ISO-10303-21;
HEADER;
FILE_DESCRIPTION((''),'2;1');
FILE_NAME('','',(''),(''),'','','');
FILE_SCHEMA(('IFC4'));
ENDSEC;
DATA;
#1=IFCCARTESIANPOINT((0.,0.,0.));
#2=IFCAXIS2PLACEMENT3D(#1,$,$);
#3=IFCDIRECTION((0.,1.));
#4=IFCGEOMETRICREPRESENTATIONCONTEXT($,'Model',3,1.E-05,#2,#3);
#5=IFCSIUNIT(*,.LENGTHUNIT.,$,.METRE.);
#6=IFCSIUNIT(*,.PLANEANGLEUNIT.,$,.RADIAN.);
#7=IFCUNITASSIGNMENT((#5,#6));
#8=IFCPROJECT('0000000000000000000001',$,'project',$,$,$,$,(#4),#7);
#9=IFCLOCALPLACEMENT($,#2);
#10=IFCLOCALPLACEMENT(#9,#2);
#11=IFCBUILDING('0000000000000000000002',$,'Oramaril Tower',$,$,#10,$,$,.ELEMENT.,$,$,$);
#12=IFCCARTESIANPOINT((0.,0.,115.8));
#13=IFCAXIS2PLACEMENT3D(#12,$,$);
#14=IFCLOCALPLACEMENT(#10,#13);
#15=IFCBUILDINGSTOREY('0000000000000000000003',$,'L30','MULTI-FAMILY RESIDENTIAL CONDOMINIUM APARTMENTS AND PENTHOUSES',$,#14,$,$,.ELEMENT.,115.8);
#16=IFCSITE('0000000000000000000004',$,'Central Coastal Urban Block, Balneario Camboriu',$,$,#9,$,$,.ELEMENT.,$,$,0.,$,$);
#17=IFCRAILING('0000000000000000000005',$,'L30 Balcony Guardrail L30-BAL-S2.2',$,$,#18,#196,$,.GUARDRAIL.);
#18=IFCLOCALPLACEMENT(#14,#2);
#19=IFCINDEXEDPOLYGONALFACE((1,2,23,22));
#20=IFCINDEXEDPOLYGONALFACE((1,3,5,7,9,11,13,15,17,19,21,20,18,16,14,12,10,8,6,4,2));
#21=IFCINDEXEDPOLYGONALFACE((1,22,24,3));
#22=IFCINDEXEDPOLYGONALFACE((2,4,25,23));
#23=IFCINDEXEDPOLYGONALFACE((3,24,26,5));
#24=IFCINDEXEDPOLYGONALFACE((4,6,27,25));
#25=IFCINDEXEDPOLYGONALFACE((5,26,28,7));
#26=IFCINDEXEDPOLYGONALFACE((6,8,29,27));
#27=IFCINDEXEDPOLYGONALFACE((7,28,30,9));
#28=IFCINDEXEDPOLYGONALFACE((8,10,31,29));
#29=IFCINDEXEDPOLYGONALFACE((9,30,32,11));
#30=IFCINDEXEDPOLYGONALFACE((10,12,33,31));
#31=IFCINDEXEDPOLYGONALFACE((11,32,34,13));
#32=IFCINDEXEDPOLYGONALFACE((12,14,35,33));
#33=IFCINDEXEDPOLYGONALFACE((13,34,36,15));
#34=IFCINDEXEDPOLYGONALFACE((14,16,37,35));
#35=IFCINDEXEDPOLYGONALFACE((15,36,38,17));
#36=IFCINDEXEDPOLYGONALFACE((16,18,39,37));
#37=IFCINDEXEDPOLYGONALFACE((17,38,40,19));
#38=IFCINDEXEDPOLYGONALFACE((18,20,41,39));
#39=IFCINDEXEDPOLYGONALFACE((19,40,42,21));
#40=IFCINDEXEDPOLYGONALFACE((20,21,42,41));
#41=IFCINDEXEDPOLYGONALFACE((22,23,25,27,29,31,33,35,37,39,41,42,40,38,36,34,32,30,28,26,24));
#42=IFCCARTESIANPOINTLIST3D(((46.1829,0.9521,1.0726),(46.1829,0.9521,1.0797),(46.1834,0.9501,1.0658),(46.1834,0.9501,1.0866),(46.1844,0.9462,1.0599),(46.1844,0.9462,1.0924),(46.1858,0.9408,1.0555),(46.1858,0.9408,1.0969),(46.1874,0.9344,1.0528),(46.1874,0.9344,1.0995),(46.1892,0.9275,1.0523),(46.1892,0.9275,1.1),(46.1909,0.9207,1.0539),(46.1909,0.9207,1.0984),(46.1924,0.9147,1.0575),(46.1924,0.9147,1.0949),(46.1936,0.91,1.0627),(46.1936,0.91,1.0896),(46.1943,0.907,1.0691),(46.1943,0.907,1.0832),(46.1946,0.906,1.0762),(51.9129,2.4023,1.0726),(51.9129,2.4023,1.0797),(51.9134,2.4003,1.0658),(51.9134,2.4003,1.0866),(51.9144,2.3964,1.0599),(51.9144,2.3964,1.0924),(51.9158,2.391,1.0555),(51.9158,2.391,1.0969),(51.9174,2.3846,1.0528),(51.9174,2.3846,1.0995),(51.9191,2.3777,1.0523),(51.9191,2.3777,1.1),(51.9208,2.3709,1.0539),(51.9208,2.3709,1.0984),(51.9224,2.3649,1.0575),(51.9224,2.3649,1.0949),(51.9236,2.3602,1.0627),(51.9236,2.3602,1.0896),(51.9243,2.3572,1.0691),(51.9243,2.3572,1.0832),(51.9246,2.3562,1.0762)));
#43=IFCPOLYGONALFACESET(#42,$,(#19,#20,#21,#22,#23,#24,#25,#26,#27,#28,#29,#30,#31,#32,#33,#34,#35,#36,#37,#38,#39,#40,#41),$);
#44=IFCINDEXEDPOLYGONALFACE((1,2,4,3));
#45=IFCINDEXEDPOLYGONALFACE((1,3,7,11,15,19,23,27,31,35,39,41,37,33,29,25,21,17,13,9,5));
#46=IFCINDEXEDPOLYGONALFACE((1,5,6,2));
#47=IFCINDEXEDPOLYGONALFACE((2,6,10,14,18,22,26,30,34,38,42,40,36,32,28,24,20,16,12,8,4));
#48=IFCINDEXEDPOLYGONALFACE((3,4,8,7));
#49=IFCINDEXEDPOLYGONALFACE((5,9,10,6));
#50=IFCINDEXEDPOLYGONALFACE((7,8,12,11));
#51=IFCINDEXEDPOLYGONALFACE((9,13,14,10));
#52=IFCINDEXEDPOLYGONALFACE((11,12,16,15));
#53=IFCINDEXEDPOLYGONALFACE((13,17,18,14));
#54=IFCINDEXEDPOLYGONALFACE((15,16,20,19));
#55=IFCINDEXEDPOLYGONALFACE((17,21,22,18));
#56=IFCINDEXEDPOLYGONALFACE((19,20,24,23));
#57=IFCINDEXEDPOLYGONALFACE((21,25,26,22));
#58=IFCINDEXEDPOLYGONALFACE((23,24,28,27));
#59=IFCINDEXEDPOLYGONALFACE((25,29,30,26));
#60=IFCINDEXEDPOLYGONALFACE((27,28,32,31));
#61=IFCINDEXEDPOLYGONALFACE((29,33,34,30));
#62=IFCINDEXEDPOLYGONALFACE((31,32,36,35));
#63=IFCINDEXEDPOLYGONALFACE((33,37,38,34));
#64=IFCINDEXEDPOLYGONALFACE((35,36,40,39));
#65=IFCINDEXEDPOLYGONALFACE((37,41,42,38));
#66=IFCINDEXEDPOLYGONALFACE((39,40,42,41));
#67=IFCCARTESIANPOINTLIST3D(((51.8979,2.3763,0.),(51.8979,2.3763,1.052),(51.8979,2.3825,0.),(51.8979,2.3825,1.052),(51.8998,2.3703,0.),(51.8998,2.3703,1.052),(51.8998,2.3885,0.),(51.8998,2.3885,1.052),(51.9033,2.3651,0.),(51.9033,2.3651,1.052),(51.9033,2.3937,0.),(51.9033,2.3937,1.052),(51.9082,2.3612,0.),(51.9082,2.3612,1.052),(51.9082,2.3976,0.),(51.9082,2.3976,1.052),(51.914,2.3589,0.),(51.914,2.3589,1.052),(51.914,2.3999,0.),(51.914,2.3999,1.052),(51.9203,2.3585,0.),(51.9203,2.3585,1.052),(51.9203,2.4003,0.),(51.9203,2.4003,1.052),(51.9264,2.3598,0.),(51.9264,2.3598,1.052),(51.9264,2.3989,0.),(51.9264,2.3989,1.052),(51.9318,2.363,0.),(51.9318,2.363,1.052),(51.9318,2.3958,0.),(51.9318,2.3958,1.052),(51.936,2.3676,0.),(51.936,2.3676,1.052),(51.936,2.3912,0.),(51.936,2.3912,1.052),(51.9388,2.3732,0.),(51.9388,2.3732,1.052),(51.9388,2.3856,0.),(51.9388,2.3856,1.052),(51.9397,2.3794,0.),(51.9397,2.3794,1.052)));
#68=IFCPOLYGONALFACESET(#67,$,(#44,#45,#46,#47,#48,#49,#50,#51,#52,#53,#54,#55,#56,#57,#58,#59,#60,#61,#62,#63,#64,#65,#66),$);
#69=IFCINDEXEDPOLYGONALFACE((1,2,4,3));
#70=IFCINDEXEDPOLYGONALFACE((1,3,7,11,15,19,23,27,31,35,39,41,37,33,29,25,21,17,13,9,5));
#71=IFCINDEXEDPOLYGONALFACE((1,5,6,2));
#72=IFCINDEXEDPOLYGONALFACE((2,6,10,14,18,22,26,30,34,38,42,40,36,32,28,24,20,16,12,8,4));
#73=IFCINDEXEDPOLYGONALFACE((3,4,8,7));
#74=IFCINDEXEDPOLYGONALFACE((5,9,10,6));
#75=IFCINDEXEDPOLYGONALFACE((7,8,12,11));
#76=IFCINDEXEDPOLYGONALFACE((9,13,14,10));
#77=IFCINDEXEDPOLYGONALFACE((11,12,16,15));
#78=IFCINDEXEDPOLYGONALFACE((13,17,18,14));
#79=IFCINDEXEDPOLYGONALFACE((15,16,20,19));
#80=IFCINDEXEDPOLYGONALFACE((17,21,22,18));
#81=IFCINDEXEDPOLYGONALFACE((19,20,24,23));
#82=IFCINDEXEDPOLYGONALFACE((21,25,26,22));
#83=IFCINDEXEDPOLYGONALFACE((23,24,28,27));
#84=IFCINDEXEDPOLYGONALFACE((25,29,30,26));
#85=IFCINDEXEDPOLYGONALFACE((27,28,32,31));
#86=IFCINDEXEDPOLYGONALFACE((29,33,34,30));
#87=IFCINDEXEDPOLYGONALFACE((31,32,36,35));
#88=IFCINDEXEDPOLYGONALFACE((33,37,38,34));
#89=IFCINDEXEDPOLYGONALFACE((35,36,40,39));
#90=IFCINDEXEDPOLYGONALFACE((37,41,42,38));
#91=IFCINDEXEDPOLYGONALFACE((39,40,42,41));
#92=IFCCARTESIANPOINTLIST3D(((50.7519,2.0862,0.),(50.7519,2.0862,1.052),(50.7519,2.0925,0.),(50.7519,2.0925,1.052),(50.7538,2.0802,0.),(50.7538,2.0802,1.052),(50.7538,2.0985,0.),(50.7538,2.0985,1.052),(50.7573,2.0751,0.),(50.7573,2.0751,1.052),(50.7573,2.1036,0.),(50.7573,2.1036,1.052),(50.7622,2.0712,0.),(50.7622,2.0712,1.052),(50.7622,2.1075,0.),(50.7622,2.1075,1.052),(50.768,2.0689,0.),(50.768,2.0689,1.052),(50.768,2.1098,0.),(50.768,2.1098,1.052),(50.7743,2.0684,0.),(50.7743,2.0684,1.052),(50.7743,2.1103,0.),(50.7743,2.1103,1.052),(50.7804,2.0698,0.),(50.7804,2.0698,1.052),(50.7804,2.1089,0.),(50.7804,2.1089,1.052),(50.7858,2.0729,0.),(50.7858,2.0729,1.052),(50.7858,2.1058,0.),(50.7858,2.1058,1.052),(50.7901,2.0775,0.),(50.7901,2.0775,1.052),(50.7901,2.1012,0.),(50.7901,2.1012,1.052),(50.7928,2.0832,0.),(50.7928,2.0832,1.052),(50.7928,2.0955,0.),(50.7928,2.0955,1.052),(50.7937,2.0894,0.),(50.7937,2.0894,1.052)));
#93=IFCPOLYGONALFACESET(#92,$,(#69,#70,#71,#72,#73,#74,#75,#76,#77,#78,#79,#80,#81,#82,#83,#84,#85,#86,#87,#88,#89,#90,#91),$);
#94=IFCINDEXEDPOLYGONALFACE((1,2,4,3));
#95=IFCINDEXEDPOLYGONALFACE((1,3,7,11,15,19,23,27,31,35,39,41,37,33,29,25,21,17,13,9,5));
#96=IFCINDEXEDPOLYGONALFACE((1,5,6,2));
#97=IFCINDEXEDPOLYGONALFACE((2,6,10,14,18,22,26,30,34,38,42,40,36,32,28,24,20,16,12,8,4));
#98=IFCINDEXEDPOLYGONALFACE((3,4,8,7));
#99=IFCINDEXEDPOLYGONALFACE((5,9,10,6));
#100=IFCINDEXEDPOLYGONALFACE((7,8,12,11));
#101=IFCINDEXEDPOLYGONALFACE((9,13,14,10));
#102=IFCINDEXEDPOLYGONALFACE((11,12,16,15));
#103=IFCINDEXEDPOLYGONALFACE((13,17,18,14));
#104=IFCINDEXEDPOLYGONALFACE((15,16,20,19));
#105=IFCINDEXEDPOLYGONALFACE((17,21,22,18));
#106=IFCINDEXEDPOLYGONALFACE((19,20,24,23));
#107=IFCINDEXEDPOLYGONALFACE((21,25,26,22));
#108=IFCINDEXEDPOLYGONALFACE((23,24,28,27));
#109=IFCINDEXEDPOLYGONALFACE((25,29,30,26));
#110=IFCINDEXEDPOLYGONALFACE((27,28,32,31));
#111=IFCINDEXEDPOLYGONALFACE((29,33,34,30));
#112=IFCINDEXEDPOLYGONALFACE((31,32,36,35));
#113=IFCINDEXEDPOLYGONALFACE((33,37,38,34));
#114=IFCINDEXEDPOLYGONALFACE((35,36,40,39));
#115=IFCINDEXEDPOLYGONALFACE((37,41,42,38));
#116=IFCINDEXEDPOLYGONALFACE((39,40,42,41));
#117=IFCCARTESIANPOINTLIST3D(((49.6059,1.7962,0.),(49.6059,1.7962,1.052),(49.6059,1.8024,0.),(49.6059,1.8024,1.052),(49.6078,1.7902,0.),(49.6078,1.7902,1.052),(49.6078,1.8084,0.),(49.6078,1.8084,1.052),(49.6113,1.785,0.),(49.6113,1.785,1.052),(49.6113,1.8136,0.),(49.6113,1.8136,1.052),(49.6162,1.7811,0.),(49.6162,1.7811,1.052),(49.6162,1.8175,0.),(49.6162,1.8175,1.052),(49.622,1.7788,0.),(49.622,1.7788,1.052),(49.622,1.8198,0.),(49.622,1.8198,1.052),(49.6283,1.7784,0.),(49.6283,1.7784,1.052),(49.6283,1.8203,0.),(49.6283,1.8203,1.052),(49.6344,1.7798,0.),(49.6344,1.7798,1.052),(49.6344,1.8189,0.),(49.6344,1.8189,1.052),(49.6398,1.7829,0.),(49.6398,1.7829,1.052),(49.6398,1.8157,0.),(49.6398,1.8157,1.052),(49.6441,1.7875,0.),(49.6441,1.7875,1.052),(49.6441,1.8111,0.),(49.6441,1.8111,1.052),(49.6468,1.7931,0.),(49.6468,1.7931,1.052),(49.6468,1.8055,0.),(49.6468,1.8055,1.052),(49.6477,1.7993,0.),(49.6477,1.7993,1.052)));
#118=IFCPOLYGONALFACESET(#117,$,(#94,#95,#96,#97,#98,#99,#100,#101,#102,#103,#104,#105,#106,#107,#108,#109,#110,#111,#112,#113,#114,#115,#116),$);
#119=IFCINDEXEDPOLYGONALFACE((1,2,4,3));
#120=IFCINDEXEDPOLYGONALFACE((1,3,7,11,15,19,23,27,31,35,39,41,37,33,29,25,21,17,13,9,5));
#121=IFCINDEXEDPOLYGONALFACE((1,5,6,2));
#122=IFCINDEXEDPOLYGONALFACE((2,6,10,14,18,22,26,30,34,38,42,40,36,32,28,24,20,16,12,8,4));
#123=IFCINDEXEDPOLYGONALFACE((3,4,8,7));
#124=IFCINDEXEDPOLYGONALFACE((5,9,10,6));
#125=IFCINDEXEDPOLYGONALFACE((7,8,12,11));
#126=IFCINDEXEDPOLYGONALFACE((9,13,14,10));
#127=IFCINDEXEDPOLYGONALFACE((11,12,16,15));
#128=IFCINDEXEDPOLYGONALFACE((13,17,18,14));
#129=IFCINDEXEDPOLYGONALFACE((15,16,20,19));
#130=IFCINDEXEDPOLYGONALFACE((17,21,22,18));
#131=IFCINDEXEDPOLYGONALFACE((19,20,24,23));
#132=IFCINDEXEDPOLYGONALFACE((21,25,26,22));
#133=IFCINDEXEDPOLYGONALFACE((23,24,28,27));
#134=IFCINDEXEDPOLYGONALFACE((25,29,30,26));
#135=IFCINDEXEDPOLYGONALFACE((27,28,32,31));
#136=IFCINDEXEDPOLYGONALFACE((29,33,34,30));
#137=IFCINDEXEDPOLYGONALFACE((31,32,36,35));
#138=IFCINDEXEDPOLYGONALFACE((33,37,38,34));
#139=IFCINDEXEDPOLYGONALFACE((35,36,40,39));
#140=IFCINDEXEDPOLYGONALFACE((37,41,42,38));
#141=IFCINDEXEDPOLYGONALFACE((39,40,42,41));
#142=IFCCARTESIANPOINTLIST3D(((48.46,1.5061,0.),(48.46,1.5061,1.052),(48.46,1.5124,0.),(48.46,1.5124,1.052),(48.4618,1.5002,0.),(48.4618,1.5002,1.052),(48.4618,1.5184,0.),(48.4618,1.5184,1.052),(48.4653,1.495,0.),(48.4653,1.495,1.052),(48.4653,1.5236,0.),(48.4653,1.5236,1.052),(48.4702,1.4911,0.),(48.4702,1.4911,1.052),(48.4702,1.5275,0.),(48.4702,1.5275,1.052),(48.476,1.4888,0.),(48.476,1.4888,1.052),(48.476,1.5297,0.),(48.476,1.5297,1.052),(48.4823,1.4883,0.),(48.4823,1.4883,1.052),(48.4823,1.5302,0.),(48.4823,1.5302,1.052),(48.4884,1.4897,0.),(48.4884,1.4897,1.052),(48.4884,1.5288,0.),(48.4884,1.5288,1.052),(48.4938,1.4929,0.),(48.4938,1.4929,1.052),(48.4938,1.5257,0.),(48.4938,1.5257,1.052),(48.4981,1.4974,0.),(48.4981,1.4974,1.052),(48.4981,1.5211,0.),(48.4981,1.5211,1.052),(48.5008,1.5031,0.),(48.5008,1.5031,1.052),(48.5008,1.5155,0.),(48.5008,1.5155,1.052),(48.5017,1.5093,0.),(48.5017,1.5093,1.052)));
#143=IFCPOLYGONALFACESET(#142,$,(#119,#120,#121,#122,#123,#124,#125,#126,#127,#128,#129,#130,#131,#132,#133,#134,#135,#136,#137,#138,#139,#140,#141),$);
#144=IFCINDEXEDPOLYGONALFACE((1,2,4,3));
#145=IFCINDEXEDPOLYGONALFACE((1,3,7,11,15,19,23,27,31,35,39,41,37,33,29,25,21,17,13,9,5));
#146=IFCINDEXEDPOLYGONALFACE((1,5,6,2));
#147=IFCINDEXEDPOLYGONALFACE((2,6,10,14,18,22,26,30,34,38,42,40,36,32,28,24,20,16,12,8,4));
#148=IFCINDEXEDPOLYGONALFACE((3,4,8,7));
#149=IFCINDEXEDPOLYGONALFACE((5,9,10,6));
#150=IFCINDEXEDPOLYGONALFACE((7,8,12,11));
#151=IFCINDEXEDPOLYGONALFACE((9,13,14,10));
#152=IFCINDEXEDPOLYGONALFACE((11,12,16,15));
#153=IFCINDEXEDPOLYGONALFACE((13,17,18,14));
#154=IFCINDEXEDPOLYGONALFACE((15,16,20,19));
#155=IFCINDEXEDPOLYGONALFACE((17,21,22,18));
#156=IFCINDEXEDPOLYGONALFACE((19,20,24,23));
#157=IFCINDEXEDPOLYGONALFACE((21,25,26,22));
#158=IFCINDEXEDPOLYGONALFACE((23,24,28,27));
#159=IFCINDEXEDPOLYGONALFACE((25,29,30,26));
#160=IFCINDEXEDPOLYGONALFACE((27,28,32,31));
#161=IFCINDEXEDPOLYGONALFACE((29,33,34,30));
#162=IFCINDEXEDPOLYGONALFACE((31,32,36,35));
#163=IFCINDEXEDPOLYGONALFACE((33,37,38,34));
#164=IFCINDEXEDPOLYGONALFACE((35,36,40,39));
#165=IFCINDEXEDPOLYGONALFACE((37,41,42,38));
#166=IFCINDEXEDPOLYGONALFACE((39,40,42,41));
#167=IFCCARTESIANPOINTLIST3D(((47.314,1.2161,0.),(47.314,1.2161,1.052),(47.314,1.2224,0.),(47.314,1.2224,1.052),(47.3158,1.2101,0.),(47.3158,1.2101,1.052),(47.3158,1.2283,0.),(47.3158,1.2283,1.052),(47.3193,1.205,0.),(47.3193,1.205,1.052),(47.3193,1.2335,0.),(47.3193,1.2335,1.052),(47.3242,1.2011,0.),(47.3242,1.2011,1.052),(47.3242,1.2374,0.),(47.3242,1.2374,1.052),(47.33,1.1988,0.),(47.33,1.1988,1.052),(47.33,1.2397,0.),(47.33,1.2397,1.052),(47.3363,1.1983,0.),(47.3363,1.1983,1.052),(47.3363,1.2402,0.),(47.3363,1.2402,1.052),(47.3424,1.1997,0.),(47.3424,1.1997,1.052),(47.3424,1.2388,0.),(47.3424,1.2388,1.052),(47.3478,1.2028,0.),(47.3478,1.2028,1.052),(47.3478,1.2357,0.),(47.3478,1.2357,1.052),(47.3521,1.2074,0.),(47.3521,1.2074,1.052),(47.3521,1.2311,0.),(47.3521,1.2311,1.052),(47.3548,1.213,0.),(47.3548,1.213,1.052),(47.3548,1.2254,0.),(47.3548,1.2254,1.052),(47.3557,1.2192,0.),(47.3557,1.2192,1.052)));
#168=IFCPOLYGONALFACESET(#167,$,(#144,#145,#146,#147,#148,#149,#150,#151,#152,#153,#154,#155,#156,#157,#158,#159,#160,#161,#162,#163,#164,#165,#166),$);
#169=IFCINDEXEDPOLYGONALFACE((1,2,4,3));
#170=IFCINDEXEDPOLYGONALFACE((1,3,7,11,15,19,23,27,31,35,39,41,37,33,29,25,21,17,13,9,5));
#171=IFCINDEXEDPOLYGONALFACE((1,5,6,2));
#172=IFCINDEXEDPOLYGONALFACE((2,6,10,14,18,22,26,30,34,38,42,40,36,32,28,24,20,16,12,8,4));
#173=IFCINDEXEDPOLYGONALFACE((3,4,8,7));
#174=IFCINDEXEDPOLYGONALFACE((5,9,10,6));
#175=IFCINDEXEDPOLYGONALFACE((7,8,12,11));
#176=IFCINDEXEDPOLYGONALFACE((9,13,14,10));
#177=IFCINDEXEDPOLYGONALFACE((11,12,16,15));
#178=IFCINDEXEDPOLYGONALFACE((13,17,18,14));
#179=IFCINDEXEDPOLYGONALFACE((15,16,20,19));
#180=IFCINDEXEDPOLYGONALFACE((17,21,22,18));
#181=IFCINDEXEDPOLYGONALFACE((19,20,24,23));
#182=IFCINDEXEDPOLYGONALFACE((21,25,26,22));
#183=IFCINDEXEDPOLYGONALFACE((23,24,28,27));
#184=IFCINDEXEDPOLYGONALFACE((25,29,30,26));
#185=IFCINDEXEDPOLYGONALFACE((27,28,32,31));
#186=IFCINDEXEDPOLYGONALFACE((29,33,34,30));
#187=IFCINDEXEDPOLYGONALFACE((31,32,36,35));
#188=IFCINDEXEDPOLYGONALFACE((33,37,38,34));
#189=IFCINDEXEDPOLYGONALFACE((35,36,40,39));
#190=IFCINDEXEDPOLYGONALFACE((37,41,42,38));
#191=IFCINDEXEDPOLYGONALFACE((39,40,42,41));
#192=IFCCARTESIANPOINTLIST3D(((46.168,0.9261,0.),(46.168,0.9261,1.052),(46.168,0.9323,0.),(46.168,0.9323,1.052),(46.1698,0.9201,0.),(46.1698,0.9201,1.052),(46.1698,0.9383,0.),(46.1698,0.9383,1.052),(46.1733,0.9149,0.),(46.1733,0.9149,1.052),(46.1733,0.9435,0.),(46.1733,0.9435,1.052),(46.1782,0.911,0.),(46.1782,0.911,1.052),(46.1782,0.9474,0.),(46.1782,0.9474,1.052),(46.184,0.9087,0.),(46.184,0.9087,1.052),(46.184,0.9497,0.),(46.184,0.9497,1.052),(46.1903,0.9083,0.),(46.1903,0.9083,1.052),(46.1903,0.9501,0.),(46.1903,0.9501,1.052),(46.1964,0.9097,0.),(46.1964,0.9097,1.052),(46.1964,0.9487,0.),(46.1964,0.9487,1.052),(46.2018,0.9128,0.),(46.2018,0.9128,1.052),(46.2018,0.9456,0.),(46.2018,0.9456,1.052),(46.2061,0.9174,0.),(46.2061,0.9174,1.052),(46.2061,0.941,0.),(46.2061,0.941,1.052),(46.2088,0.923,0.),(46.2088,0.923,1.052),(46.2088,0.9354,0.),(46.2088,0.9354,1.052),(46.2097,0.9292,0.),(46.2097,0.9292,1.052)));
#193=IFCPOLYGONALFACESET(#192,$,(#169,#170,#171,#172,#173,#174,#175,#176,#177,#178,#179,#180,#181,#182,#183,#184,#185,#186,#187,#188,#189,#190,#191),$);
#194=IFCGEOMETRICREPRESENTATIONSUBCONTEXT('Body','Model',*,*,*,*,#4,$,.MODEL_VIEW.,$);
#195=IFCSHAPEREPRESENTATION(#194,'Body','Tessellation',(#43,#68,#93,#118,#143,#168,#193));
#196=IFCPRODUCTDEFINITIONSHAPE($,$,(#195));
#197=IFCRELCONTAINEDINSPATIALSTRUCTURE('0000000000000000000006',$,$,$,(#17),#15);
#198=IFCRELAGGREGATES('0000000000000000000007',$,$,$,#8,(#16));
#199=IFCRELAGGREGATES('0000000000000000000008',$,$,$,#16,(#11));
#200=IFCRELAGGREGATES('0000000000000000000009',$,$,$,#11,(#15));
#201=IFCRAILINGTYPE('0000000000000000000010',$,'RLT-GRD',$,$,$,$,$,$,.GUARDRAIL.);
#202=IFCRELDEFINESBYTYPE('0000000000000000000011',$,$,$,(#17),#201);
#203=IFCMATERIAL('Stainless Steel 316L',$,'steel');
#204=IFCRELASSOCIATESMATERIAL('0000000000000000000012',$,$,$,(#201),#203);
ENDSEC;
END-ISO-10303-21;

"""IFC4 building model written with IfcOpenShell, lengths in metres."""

from ifc_helpers import new_model, si_unit, direction, frame, origin, origin_2d, place, context, subcontext, project, spatial, circle, extrude, material, type_object, element, save


model = new_model("IFC4")

# Units and contexts
model_context = context("Model", 3, precision=1e-05, world=origin(), true_north=direction((0.0, 1.0)))
body_context = subcontext(model_context, "Body", "Model", "MODEL_VIEW")
ifc_project = project(units=[si_unit("LENGTHUNIT", "METRE"), si_unit("PLANEANGLEUNIT", "RADIAN")], contexts=[model_context])

# Site, building, storey
site_placement = place(None, origin())
site = spatial("IfcSite", under=ifc_project, at=site_placement, Name="Central Coastal Urban Block, Balneario Camboriu", CompositionType="ELEMENT", RefElevation=0.0)
building_placement = place(site_placement, origin())
building = spatial("IfcBuilding", under=site, at=building_placement, Name="Oramaril Tower", CompositionType="ELEMENT")
storey_placement = place(building_placement, frame((0.0, 0.0, 115.8)))
storey = spatial("IfcBuildingStorey", under=building, at=storey_placement, Name="L30", Description="MULTI-FAMILY RESIDENTIAL CONDOMINIUM APARTMENTS AND PENTHOUSES", CompositionType="ELEMENT", Elevation=115.8)

# Railing
ifc_material_1 = material(Name="Stainless Steel 316L", Category="steel")
railing_type = type_object("IfcRailingType", Name="RLT-GRD", PredefinedType="GUARDRAIL", material=ifc_material_1)
railing_1_placement = place(storey_placement, frame((51.9187, 2.3794, 0.0)))
element("IfcRailing", 1, at=railing_1_placement, inside=storey, type_object=railing_type, Name="L30 Balcony Guardrail L30-BAL-S2.2", PredefinedType="GUARDRAIL", context=body_context, shape_type="SweptSolid", body=[
    extrude(circle(Radius=0.0239, at=origin_2d()), frame((0.0, 0.0, 1.0762), z_axis=(-0.969434, -0.245353, 0.0), x_axis=(0.245353, -0.969434, 0.0)), (0.0, 0.0, 1.0), 5.9106),
    extrude(circle(Radius=0.021, at=origin_2d()), origin(), (0.0, 0.0, 1.0), 1.052),
    extrude(circle(Radius=0.021, at=origin_2d()), frame((-1.146, -0.29, 0.0)), (0.0, 0.0, 1.0), 1.052),
    extrude(circle(Radius=0.021, at=origin_2d()), frame((-2.292, -0.5801, 0.0)), (0.0, 0.0, 1.0), 1.052),
    extrude(circle(Radius=0.021, at=origin_2d()), frame((-3.438, -0.8701, 0.0)), (0.0, 0.0, 1.0), 1.052),
    extrude(circle(Radius=0.021, at=origin_2d()), frame((-4.584, -1.1602, 0.0)), (0.0, 0.0, 1.0), 1.052),
    extrude(circle(Radius=0.021, at=origin_2d()), frame((-5.73, -1.4502, 0.0)), (0.0, 0.0, 1.0), 1.052),
])

save(model, "model.ifc")
